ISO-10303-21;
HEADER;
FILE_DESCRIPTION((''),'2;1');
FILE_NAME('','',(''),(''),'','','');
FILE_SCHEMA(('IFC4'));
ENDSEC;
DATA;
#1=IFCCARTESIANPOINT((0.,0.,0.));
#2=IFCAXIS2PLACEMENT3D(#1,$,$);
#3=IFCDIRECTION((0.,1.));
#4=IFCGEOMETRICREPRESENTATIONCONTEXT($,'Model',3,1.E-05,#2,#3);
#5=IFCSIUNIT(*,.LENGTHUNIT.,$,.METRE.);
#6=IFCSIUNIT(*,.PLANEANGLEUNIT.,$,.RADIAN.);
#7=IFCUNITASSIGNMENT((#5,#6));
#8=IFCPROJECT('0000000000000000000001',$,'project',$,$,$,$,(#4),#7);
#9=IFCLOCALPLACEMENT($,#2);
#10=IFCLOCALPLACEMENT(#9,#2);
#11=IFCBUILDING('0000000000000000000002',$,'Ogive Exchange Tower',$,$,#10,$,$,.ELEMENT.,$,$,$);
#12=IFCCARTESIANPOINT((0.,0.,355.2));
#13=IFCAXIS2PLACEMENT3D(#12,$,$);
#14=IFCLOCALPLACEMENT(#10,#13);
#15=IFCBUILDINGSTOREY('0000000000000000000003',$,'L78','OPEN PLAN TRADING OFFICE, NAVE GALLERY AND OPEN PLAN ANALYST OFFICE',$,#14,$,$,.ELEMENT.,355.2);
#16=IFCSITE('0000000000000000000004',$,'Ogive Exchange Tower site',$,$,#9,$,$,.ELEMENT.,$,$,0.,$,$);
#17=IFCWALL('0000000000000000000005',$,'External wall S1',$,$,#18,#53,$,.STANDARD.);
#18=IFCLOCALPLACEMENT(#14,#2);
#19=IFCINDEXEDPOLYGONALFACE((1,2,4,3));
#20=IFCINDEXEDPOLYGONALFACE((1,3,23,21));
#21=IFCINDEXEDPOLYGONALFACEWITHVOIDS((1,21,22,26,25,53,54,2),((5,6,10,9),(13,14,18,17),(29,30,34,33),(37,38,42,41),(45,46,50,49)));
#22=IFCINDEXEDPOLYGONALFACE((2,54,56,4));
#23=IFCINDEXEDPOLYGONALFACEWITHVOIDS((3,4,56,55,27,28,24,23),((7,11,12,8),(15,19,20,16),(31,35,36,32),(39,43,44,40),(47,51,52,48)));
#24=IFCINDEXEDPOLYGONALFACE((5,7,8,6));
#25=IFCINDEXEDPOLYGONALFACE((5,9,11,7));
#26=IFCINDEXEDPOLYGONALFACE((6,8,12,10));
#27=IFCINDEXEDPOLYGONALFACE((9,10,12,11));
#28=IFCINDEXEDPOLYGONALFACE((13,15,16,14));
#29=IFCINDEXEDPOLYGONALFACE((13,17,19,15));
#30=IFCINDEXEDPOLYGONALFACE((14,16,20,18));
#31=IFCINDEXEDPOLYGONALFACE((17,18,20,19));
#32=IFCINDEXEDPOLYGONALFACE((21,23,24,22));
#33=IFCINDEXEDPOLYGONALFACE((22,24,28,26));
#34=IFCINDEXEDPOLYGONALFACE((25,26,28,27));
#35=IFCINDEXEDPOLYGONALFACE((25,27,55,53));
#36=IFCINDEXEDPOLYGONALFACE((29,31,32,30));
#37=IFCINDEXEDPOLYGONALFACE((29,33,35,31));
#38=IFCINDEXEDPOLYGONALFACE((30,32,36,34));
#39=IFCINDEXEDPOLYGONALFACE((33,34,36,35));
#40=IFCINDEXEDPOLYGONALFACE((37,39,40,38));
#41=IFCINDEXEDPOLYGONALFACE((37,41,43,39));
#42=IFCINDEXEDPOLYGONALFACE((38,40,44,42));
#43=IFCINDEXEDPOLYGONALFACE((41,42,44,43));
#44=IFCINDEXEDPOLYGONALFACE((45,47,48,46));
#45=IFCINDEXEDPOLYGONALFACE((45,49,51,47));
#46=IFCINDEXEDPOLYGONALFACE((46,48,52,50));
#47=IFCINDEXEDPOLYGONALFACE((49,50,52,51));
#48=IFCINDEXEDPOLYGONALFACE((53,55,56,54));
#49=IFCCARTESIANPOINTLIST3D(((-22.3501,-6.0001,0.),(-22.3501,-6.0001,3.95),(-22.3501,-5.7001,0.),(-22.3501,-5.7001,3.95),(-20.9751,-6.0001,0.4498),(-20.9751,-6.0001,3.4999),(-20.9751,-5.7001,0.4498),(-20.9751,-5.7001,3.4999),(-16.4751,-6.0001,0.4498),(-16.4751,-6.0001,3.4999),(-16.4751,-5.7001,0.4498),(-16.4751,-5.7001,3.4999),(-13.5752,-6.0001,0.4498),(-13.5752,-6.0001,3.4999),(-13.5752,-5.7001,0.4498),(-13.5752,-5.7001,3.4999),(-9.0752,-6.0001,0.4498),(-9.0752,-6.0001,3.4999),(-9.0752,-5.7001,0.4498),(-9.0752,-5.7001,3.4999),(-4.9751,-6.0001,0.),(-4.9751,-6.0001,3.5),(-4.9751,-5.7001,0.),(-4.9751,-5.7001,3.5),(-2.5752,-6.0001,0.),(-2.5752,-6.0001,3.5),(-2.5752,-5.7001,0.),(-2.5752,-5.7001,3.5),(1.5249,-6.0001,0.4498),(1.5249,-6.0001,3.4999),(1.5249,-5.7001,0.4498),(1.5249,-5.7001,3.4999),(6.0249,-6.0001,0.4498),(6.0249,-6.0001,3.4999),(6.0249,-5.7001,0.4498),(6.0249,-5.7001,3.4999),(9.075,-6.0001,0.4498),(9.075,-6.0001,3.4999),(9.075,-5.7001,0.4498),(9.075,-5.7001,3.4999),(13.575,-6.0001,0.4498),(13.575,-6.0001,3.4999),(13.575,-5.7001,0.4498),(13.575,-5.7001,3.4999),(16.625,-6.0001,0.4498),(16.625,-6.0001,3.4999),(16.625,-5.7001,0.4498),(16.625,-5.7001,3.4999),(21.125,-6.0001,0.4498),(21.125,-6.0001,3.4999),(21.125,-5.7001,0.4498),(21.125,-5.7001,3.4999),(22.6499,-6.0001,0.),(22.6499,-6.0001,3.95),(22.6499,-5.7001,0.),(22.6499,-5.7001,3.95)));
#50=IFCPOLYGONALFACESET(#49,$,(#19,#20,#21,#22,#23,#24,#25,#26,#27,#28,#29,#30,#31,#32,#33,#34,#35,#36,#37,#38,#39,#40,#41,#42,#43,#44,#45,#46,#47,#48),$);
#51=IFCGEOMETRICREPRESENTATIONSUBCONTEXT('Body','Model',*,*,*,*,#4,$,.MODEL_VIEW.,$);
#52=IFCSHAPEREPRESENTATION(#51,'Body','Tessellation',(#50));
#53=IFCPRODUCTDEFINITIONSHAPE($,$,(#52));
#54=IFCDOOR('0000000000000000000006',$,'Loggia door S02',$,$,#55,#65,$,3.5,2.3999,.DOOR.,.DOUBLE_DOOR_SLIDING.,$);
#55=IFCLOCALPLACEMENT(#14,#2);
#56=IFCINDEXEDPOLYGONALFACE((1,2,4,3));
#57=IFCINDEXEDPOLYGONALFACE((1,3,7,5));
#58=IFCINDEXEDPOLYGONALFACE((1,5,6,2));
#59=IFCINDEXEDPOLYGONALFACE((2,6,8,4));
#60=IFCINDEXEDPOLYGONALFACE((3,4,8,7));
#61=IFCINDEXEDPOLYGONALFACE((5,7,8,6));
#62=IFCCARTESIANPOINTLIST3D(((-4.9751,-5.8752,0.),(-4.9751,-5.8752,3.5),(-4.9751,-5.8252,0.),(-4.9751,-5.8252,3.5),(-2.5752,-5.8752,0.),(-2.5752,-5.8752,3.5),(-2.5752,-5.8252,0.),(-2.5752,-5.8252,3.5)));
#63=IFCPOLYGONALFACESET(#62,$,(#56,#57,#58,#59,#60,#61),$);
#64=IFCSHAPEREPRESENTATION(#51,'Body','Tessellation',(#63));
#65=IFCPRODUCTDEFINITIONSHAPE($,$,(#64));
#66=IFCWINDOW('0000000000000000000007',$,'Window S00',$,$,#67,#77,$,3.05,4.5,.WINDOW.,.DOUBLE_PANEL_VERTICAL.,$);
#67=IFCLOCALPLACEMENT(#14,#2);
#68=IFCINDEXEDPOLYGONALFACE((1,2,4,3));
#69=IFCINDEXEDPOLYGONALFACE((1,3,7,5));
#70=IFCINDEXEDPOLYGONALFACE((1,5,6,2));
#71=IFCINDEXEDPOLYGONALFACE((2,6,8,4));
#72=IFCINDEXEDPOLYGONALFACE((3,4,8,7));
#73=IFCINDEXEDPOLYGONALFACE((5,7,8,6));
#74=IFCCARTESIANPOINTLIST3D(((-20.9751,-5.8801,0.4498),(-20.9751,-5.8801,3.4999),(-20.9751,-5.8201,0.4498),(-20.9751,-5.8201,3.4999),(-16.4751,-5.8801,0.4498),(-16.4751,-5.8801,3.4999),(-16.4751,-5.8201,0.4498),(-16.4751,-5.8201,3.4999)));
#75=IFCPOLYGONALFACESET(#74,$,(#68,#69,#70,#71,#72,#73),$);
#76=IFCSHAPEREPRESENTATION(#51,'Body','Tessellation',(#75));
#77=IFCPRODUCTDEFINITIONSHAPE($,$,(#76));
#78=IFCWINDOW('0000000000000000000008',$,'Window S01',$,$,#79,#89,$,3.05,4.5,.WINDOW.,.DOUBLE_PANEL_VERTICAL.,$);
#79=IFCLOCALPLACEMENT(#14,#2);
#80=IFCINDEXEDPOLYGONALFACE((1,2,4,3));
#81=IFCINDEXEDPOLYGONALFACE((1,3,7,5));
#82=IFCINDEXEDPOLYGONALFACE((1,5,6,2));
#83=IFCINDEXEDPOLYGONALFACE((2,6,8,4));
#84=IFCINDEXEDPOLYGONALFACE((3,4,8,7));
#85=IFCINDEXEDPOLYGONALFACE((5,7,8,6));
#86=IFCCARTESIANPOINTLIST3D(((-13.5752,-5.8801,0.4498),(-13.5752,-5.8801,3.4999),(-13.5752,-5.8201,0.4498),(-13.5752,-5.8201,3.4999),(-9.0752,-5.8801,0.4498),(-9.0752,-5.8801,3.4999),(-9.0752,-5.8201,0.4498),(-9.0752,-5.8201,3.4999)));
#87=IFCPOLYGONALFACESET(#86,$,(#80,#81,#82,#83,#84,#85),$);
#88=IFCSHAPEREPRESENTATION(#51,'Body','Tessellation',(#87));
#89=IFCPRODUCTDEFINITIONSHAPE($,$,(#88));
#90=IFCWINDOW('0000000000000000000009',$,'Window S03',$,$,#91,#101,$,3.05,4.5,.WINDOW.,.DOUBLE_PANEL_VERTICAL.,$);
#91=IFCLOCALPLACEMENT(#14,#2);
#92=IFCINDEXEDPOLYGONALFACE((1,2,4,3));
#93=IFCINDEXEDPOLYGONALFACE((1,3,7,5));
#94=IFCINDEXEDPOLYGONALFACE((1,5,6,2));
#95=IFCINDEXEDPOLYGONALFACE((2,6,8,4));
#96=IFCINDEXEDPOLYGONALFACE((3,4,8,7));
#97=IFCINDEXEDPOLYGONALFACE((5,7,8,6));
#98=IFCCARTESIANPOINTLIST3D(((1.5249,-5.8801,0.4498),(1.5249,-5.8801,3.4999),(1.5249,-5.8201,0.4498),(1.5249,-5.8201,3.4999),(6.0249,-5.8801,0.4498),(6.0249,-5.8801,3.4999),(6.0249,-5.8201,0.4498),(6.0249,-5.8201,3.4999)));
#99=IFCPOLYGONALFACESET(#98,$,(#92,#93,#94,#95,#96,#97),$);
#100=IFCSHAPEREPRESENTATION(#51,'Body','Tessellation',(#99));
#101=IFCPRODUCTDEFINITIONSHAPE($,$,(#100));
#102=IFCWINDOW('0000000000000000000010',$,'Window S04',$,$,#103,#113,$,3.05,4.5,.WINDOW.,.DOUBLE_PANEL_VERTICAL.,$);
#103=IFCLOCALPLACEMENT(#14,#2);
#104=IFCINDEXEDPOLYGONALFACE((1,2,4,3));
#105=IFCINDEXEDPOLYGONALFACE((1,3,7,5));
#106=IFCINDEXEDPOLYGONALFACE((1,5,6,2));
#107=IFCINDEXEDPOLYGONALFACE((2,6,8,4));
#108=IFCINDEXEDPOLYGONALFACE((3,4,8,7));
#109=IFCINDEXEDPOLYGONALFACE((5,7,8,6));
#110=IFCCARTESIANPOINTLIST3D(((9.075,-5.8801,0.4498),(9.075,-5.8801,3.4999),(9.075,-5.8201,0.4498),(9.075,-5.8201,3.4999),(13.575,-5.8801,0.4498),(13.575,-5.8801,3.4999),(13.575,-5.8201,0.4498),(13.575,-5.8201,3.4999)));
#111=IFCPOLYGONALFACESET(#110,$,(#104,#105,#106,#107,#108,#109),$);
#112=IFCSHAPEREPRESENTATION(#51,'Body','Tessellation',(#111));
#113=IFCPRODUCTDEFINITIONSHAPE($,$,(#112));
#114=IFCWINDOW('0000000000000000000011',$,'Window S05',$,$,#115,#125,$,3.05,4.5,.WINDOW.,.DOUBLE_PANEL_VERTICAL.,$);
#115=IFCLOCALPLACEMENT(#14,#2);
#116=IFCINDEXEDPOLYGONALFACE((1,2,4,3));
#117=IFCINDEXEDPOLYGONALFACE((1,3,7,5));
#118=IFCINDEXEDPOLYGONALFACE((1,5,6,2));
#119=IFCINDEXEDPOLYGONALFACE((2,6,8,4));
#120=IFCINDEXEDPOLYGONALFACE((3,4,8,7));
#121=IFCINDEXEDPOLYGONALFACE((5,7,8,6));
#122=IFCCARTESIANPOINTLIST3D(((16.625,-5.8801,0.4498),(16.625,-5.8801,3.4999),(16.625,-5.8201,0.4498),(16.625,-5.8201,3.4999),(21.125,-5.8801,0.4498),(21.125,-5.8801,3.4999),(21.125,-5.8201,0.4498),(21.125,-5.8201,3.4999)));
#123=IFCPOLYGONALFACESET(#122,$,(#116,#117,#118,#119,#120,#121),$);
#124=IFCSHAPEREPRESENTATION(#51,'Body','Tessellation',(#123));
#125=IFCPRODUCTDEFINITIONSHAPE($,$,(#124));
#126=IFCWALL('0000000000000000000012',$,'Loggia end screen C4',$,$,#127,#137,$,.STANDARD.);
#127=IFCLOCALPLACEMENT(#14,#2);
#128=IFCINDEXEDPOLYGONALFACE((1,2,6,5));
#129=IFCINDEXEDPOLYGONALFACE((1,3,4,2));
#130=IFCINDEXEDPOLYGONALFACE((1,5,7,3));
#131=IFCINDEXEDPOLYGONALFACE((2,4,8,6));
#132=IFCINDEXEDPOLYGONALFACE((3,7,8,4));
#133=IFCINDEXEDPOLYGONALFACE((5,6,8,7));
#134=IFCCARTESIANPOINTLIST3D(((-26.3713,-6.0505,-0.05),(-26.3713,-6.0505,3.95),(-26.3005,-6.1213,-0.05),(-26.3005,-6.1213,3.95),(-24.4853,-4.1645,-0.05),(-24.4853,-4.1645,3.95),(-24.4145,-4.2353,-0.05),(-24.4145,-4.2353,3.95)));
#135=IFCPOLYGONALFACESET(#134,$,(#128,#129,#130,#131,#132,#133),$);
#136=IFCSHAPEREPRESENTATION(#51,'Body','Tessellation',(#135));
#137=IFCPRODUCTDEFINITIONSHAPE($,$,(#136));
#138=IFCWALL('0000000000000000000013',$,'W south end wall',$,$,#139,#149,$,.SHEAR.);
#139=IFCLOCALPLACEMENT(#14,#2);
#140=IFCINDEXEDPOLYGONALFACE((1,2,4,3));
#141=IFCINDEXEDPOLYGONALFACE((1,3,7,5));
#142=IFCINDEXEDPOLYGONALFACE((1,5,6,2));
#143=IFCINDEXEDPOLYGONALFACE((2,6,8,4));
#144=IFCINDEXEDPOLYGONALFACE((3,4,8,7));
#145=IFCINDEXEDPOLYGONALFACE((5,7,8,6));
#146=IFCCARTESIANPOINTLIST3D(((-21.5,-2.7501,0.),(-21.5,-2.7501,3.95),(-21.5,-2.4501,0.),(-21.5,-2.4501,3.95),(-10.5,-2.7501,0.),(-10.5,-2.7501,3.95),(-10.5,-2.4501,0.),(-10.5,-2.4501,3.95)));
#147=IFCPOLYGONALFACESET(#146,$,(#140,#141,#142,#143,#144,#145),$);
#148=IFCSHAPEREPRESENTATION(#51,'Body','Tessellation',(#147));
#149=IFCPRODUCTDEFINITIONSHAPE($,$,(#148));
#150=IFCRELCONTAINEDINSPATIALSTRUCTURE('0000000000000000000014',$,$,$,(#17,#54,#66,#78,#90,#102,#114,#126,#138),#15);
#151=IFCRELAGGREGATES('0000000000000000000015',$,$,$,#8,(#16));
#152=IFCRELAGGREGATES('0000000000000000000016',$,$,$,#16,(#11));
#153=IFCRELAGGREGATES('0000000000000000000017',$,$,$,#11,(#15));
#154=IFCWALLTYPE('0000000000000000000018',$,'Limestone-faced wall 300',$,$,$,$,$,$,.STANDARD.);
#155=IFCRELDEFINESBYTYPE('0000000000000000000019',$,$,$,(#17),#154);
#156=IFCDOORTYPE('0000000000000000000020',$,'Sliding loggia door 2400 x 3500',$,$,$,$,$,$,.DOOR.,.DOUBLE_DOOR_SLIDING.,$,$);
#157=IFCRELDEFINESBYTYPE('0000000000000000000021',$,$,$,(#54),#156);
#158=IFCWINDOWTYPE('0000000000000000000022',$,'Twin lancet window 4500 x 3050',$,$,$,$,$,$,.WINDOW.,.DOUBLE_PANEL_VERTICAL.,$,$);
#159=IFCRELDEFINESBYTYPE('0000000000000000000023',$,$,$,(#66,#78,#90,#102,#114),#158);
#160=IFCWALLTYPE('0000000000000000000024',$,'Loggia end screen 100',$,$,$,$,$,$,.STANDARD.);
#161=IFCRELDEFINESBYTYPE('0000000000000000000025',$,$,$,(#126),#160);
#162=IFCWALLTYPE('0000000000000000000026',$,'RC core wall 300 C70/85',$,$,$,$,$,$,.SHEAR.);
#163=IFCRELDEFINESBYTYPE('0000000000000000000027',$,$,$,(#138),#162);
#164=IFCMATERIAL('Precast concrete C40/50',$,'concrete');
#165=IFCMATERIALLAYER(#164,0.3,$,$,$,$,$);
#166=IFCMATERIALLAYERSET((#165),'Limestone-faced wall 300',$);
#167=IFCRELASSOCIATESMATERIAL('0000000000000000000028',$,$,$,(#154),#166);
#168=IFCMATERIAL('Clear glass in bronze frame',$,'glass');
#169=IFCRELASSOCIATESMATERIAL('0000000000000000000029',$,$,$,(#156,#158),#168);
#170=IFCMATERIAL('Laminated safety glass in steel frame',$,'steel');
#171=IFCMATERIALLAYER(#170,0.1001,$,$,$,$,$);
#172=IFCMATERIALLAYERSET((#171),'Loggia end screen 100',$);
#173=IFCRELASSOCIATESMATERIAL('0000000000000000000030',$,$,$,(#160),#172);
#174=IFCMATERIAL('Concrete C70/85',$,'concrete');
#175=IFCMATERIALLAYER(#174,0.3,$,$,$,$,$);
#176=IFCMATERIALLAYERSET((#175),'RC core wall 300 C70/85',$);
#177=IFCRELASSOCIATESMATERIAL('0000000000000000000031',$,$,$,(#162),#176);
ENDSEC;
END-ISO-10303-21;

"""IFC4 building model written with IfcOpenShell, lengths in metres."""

from ifc_helpers import new_model, si_unit, direction, frame, frame_2d, origin, place, context, subcontext, project, spatial, rectangle, extrude, material, layer, layer_set, type_object, element, fill, save


model = new_model("IFC4")

# Units and contexts
model_context = context("Model", 3, precision=1e-05, world=origin(), true_north=direction((0.0, 1.0)))
body_context = subcontext(model_context, "Body", "Model", "MODEL_VIEW")
ifc_project = project(units=[si_unit("LENGTHUNIT", "METRE"), si_unit("PLANEANGLEUNIT", "RADIAN")], contexts=[model_context])

# Site, building, storey
site_placement = place(None, origin())
site = spatial("IfcSite", under=ifc_project, at=site_placement, Name="Ogive Exchange Tower site", CompositionType="ELEMENT", RefElevation=0.0)
building_placement = place(site_placement, origin())
building = spatial("IfcBuilding", under=site, at=building_placement, Name="Ogive Exchange Tower", CompositionType="ELEMENT")
storey_placement = place(building_placement, frame((0.0, 0.0, 355.2)))
storey = spatial("IfcBuildingStorey", under=building, at=storey_placement, Name="L78", Description="OPEN PLAN TRADING OFFICE, NAVE GALLERY AND OPEN PLAN ANALYST OFFICE", CompositionType="ELEMENT", Elevation=355.2)

# Wall, openings, door, windows
ifc_material_1 = material(Name="Precast concrete C40/50", Category="concrete")
ifc_layer_1 = layer(ifc_material_1, 0.3)
ifc_layer_set_1 = layer_set([ifc_layer_1], Name="Limestone-faced wall 300")
wall_type_1 = type_object("IfcWallType", Name="Limestone-faced wall 300", PredefinedType="STANDARD", material=ifc_layer_set_1)
wall_1_placement = place(storey_placement, frame((-22.3501, -5.8501, 0.0), z_axis=(0.0, 0.0, 1.0), x_axis=(1.0, 0.0, 0.0)))
wall_1 = element("IfcWall", 1, at=wall_1_placement, inside=storey, type_object=wall_type_1, Name="External wall S1", PredefinedType="STANDARD", context=body_context, shape_type="SweptSolid", body=[
    extrude(rectangle(XDim=45.0, YDim=0.3, at=frame_2d((22.5, 0.0))), origin(), (0.0, 0.0, 1.0), 3.95),
])
opening_1_placement = place(wall_1_placement, frame((1.375, 0.0, 0.45)))
opening_1 = element("IfcOpeningElement", 2, at=opening_1_placement, cuts=wall_1, PredefinedType="OPENING", context=body_context, shape_type="SweptSolid", body=[
    extrude(rectangle(XDim=4.5, YDim=3.05, at=frame_2d((2.25, 1.5249))), frame((0.0, 0.1599, 0.0), z_axis=(0.0, -1.0, 0.0), x_axis=(1.0, 0.0, 0.0)), (0.0, 0.0, 1.0), 0.3201),
])
opening_2_placement = place(wall_1_placement, frame((8.7749, 0.0, 0.45)))
opening_2 = element("IfcOpeningElement", 3, at=opening_2_placement, cuts=wall_1, PredefinedType="OPENING", context=body_context, shape_type="SweptSolid", body=[
    extrude(rectangle(XDim=4.5, YDim=3.05, at=frame_2d((2.25, 1.5249))), frame((0.0, 0.1599, 0.0), z_axis=(0.0, -1.0, 0.0), x_axis=(1.0, 0.0, 0.0)), (0.0, 0.0, 1.0), 0.3201),
])
opening_3_placement = place(wall_1_placement, frame((17.375, 0.0, 0.0)))
opening_3 = element("IfcOpeningElement", 4, at=opening_3_placement, cuts=wall_1, PredefinedType="OPENING", context=body_context, shape_type="SweptSolid", body=[
    extrude(rectangle(XDim=2.3999, YDim=3.5, at=frame_2d((1.2, 1.75))), frame((0.0, 0.1599, 0.0), z_axis=(0.0, -1.0, 0.0), x_axis=(1.0, 0.0, 0.0)), (0.0, 0.0, 1.0), 0.3201),
])
opening_4_placement = place(wall_1_placement, frame((23.875, 0.0, 0.45)))
opening_4 = element("IfcOpeningElement", 5, at=opening_4_placement, cuts=wall_1, PredefinedType="OPENING", context=body_context, shape_type="SweptSolid", body=[
    extrude(rectangle(XDim=4.5, YDim=3.05, at=frame_2d((2.25, 1.5249))), frame((0.0, 0.1599, 0.0), z_axis=(0.0, -1.0, 0.0), x_axis=(1.0, 0.0, 0.0)), (0.0, 0.0, 1.0), 0.3201),
])
opening_5_placement = place(wall_1_placement, frame((31.425, 0.0, 0.45)))
opening_5 = element("IfcOpeningElement", 6, at=opening_5_placement, cuts=wall_1, PredefinedType="OPENING", context=body_context, shape_type="SweptSolid", body=[
    extrude(rectangle(XDim=4.5, YDim=3.05, at=frame_2d((2.25, 1.5249))), frame((0.0, 0.1599, 0.0), z_axis=(0.0, -1.0, 0.0), x_axis=(1.0, 0.0, 0.0)), (0.0, 0.0, 1.0), 0.3201),
])
opening_6_placement = place(wall_1_placement, frame((38.9751, 0.0, 0.45)))
opening_6 = element("IfcOpeningElement", 7, at=opening_6_placement, cuts=wall_1, PredefinedType="OPENING", context=body_context, shape_type="SweptSolid", body=[
    extrude(rectangle(XDim=4.5, YDim=3.05, at=frame_2d((2.25, 1.5249))), frame((0.0, 0.1599, 0.0), z_axis=(0.0, -1.0, 0.0), x_axis=(1.0, 0.0, 0.0)), (0.0, 0.0, 1.0), 0.3201),
])
ifc_material_2 = material(Name="Clear glass in bronze frame", Category="glass")
door_type_1 = type_object("IfcDoorType", Name="Sliding loggia door 2400 x 3500", OperationType="DOUBLE_DOOR_SLIDING", PredefinedType="DOOR", material=ifc_material_2)
door_1_placement = place(opening_3_placement, origin())
door_1 = element("IfcDoor", 8, at=door_1_placement, inside=storey, type_object=door_type_1, Name="Loggia door S02", OperationType="DOUBLE_DOOR_SLIDING", OverallHeight=3.5, OverallWidth=2.3999, PredefinedType="DOOR", context=body_context, shape_type="SweptSolid", body=[
    extrude(rectangle(XDim=2.3999, YDim=3.5, at=frame_2d((1.2, 1.75))), frame((0.0, 0.0249, 0.0), z_axis=(0.0, -1.0, 0.0), x_axis=(1.0, 0.0, 0.0)), (0.0, 0.0, 1.0), 0.05),
])
fill(opening_3, door_1)
window_type = type_object("IfcWindowType", Name="Twin lancet window 4500 x 3050", PartitioningType="DOUBLE_PANEL_VERTICAL", PredefinedType="WINDOW", material=ifc_material_2)
window_1_placement = place(opening_1_placement, origin())
window_1 = element("IfcWindow", 9, at=window_1_placement, inside=storey, type_object=window_type, Name="Window S00", OverallHeight=3.05, OverallWidth=4.5, PartitioningType="DOUBLE_PANEL_VERTICAL", PredefinedType="WINDOW", context=body_context, shape_type="SweptSolid", body=[
    extrude(rectangle(XDim=4.5, YDim=3.05, at=frame_2d((2.25, 1.5249))), frame((0.0, 0.03, 0.0), z_axis=(0.0, -1.0, 0.0), x_axis=(1.0, 0.0, 0.0)), (0.0, 0.0, 1.0), 0.0601),
])
fill(opening_1, window_1)
window_2_placement = place(opening_2_placement, origin())
window_2 = element("IfcWindow", 10, at=window_2_placement, inside=storey, type_object=window_type, Name="Window S01", OverallHeight=3.05, OverallWidth=4.5, PartitioningType="DOUBLE_PANEL_VERTICAL", PredefinedType="WINDOW", context=body_context, shape_type="SweptSolid", body=[
    extrude(rectangle(XDim=4.5, YDim=3.05, at=frame_2d((2.25, 1.5249))), frame((0.0, 0.03, 0.0), z_axis=(0.0, -1.0, 0.0), x_axis=(1.0, 0.0, 0.0)), (0.0, 0.0, 1.0), 0.0601),
])
fill(opening_2, window_2)
window_3_placement = place(opening_4_placement, origin())
window_3 = element("IfcWindow", 11, at=window_3_placement, inside=storey, type_object=window_type, Name="Window S03", OverallHeight=3.05, OverallWidth=4.5, PartitioningType="DOUBLE_PANEL_VERTICAL", PredefinedType="WINDOW", context=body_context, shape_type="SweptSolid", body=[
    extrude(rectangle(XDim=4.5, YDim=3.05, at=frame_2d((2.25, 1.5249))), frame((0.0, 0.03, 0.0), z_axis=(0.0, -1.0, 0.0), x_axis=(1.0, 0.0, 0.0)), (0.0, 0.0, 1.0), 0.0601),
])
fill(opening_4, window_3)
window_4_placement = place(opening_5_placement, origin())
window_4 = element("IfcWindow", 12, at=window_4_placement, inside=storey, type_object=window_type, Name="Window S04", OverallHeight=3.05, OverallWidth=4.5, PartitioningType="DOUBLE_PANEL_VERTICAL", PredefinedType="WINDOW", context=body_context, shape_type="SweptSolid", body=[
    extrude(rectangle(XDim=4.5, YDim=3.05, at=frame_2d((2.25, 1.5249))), frame((0.0, 0.03, 0.0), z_axis=(0.0, -1.0, 0.0), x_axis=(1.0, 0.0, 0.0)), (0.0, 0.0, 1.0), 0.0601),
])
fill(opening_5, window_4)
window_5_placement = place(opening_6_placement, origin())
window_5 = element("IfcWindow", 13, at=window_5_placement, inside=storey, type_object=window_type, Name="Window S05", OverallHeight=3.05, OverallWidth=4.5, PartitioningType="DOUBLE_PANEL_VERTICAL", PredefinedType="WINDOW", context=body_context, shape_type="SweptSolid", body=[
    extrude(rectangle(XDim=4.5, YDim=3.05, at=frame_2d((2.25, 1.5249))), frame((0.0, 0.03, 0.0), z_axis=(0.0, -1.0, 0.0), x_axis=(1.0, 0.0, 0.0)), (0.0, 0.0, 1.0), 0.0601),
])
fill(opening_6, window_5)

# Walls
ifc_material_3 = material(Name="Laminated safety glass in steel frame", Category="steel")
ifc_layer_2 = layer(ifc_material_3, 0.1001)
ifc_layer_set_2 = layer_set([ifc_layer_2], Name="Loggia end screen 100")
wall_type_2 = type_object("IfcWallType", Name="Loggia end screen 100", PredefinedType="STANDARD", material=ifc_layer_set_2)
wall_2_placement = place(storey_placement, frame((-24.45, -4.2, -0.05), z_axis=(0.0, 0.0, 1.0), x_axis=(-0.707107, -0.707107, 0.0)))
element("IfcWall", 14, at=wall_2_placement, inside=storey, type_object=wall_type_2, Name="Loggia end screen C4", PredefinedType="STANDARD", context=body_context, shape_type="SweptSolid", body=[
    extrude(rectangle(XDim=2.6672, YDim=0.1001, at=frame_2d((1.3335, 0.0))), origin(), (0.0, 0.0, 1.0), 4.0),
])
ifc_material_4 = material(Name="Concrete C70/85", Category="concrete")
ifc_layer_3 = layer(ifc_material_4, 0.3)
ifc_layer_set_3 = layer_set([ifc_layer_3], Name="RC core wall 300 C70/85")
wall_type_3 = type_object("IfcWallType", Name="RC core wall 300 C70/85", PredefinedType="SHEAR", material=ifc_layer_set_3)
wall_3_placement = place(storey_placement, frame((-21.5, -2.6001, 0.0), z_axis=(0.0, 0.0, 1.0), x_axis=(1.0, 0.0, 0.0)))
element("IfcWall", 15, at=wall_3_placement, inside=storey, type_object=wall_type_3, Name="W south end wall", PredefinedType="SHEAR", context=body_context, shape_type="SweptSolid", body=[
    extrude(rectangle(XDim=11.0, YDim=0.3, at=frame_2d((5.5, 0.0))), origin(), (0.0, 0.0, 1.0), 3.95),
])

save(model, "model.ifc")
